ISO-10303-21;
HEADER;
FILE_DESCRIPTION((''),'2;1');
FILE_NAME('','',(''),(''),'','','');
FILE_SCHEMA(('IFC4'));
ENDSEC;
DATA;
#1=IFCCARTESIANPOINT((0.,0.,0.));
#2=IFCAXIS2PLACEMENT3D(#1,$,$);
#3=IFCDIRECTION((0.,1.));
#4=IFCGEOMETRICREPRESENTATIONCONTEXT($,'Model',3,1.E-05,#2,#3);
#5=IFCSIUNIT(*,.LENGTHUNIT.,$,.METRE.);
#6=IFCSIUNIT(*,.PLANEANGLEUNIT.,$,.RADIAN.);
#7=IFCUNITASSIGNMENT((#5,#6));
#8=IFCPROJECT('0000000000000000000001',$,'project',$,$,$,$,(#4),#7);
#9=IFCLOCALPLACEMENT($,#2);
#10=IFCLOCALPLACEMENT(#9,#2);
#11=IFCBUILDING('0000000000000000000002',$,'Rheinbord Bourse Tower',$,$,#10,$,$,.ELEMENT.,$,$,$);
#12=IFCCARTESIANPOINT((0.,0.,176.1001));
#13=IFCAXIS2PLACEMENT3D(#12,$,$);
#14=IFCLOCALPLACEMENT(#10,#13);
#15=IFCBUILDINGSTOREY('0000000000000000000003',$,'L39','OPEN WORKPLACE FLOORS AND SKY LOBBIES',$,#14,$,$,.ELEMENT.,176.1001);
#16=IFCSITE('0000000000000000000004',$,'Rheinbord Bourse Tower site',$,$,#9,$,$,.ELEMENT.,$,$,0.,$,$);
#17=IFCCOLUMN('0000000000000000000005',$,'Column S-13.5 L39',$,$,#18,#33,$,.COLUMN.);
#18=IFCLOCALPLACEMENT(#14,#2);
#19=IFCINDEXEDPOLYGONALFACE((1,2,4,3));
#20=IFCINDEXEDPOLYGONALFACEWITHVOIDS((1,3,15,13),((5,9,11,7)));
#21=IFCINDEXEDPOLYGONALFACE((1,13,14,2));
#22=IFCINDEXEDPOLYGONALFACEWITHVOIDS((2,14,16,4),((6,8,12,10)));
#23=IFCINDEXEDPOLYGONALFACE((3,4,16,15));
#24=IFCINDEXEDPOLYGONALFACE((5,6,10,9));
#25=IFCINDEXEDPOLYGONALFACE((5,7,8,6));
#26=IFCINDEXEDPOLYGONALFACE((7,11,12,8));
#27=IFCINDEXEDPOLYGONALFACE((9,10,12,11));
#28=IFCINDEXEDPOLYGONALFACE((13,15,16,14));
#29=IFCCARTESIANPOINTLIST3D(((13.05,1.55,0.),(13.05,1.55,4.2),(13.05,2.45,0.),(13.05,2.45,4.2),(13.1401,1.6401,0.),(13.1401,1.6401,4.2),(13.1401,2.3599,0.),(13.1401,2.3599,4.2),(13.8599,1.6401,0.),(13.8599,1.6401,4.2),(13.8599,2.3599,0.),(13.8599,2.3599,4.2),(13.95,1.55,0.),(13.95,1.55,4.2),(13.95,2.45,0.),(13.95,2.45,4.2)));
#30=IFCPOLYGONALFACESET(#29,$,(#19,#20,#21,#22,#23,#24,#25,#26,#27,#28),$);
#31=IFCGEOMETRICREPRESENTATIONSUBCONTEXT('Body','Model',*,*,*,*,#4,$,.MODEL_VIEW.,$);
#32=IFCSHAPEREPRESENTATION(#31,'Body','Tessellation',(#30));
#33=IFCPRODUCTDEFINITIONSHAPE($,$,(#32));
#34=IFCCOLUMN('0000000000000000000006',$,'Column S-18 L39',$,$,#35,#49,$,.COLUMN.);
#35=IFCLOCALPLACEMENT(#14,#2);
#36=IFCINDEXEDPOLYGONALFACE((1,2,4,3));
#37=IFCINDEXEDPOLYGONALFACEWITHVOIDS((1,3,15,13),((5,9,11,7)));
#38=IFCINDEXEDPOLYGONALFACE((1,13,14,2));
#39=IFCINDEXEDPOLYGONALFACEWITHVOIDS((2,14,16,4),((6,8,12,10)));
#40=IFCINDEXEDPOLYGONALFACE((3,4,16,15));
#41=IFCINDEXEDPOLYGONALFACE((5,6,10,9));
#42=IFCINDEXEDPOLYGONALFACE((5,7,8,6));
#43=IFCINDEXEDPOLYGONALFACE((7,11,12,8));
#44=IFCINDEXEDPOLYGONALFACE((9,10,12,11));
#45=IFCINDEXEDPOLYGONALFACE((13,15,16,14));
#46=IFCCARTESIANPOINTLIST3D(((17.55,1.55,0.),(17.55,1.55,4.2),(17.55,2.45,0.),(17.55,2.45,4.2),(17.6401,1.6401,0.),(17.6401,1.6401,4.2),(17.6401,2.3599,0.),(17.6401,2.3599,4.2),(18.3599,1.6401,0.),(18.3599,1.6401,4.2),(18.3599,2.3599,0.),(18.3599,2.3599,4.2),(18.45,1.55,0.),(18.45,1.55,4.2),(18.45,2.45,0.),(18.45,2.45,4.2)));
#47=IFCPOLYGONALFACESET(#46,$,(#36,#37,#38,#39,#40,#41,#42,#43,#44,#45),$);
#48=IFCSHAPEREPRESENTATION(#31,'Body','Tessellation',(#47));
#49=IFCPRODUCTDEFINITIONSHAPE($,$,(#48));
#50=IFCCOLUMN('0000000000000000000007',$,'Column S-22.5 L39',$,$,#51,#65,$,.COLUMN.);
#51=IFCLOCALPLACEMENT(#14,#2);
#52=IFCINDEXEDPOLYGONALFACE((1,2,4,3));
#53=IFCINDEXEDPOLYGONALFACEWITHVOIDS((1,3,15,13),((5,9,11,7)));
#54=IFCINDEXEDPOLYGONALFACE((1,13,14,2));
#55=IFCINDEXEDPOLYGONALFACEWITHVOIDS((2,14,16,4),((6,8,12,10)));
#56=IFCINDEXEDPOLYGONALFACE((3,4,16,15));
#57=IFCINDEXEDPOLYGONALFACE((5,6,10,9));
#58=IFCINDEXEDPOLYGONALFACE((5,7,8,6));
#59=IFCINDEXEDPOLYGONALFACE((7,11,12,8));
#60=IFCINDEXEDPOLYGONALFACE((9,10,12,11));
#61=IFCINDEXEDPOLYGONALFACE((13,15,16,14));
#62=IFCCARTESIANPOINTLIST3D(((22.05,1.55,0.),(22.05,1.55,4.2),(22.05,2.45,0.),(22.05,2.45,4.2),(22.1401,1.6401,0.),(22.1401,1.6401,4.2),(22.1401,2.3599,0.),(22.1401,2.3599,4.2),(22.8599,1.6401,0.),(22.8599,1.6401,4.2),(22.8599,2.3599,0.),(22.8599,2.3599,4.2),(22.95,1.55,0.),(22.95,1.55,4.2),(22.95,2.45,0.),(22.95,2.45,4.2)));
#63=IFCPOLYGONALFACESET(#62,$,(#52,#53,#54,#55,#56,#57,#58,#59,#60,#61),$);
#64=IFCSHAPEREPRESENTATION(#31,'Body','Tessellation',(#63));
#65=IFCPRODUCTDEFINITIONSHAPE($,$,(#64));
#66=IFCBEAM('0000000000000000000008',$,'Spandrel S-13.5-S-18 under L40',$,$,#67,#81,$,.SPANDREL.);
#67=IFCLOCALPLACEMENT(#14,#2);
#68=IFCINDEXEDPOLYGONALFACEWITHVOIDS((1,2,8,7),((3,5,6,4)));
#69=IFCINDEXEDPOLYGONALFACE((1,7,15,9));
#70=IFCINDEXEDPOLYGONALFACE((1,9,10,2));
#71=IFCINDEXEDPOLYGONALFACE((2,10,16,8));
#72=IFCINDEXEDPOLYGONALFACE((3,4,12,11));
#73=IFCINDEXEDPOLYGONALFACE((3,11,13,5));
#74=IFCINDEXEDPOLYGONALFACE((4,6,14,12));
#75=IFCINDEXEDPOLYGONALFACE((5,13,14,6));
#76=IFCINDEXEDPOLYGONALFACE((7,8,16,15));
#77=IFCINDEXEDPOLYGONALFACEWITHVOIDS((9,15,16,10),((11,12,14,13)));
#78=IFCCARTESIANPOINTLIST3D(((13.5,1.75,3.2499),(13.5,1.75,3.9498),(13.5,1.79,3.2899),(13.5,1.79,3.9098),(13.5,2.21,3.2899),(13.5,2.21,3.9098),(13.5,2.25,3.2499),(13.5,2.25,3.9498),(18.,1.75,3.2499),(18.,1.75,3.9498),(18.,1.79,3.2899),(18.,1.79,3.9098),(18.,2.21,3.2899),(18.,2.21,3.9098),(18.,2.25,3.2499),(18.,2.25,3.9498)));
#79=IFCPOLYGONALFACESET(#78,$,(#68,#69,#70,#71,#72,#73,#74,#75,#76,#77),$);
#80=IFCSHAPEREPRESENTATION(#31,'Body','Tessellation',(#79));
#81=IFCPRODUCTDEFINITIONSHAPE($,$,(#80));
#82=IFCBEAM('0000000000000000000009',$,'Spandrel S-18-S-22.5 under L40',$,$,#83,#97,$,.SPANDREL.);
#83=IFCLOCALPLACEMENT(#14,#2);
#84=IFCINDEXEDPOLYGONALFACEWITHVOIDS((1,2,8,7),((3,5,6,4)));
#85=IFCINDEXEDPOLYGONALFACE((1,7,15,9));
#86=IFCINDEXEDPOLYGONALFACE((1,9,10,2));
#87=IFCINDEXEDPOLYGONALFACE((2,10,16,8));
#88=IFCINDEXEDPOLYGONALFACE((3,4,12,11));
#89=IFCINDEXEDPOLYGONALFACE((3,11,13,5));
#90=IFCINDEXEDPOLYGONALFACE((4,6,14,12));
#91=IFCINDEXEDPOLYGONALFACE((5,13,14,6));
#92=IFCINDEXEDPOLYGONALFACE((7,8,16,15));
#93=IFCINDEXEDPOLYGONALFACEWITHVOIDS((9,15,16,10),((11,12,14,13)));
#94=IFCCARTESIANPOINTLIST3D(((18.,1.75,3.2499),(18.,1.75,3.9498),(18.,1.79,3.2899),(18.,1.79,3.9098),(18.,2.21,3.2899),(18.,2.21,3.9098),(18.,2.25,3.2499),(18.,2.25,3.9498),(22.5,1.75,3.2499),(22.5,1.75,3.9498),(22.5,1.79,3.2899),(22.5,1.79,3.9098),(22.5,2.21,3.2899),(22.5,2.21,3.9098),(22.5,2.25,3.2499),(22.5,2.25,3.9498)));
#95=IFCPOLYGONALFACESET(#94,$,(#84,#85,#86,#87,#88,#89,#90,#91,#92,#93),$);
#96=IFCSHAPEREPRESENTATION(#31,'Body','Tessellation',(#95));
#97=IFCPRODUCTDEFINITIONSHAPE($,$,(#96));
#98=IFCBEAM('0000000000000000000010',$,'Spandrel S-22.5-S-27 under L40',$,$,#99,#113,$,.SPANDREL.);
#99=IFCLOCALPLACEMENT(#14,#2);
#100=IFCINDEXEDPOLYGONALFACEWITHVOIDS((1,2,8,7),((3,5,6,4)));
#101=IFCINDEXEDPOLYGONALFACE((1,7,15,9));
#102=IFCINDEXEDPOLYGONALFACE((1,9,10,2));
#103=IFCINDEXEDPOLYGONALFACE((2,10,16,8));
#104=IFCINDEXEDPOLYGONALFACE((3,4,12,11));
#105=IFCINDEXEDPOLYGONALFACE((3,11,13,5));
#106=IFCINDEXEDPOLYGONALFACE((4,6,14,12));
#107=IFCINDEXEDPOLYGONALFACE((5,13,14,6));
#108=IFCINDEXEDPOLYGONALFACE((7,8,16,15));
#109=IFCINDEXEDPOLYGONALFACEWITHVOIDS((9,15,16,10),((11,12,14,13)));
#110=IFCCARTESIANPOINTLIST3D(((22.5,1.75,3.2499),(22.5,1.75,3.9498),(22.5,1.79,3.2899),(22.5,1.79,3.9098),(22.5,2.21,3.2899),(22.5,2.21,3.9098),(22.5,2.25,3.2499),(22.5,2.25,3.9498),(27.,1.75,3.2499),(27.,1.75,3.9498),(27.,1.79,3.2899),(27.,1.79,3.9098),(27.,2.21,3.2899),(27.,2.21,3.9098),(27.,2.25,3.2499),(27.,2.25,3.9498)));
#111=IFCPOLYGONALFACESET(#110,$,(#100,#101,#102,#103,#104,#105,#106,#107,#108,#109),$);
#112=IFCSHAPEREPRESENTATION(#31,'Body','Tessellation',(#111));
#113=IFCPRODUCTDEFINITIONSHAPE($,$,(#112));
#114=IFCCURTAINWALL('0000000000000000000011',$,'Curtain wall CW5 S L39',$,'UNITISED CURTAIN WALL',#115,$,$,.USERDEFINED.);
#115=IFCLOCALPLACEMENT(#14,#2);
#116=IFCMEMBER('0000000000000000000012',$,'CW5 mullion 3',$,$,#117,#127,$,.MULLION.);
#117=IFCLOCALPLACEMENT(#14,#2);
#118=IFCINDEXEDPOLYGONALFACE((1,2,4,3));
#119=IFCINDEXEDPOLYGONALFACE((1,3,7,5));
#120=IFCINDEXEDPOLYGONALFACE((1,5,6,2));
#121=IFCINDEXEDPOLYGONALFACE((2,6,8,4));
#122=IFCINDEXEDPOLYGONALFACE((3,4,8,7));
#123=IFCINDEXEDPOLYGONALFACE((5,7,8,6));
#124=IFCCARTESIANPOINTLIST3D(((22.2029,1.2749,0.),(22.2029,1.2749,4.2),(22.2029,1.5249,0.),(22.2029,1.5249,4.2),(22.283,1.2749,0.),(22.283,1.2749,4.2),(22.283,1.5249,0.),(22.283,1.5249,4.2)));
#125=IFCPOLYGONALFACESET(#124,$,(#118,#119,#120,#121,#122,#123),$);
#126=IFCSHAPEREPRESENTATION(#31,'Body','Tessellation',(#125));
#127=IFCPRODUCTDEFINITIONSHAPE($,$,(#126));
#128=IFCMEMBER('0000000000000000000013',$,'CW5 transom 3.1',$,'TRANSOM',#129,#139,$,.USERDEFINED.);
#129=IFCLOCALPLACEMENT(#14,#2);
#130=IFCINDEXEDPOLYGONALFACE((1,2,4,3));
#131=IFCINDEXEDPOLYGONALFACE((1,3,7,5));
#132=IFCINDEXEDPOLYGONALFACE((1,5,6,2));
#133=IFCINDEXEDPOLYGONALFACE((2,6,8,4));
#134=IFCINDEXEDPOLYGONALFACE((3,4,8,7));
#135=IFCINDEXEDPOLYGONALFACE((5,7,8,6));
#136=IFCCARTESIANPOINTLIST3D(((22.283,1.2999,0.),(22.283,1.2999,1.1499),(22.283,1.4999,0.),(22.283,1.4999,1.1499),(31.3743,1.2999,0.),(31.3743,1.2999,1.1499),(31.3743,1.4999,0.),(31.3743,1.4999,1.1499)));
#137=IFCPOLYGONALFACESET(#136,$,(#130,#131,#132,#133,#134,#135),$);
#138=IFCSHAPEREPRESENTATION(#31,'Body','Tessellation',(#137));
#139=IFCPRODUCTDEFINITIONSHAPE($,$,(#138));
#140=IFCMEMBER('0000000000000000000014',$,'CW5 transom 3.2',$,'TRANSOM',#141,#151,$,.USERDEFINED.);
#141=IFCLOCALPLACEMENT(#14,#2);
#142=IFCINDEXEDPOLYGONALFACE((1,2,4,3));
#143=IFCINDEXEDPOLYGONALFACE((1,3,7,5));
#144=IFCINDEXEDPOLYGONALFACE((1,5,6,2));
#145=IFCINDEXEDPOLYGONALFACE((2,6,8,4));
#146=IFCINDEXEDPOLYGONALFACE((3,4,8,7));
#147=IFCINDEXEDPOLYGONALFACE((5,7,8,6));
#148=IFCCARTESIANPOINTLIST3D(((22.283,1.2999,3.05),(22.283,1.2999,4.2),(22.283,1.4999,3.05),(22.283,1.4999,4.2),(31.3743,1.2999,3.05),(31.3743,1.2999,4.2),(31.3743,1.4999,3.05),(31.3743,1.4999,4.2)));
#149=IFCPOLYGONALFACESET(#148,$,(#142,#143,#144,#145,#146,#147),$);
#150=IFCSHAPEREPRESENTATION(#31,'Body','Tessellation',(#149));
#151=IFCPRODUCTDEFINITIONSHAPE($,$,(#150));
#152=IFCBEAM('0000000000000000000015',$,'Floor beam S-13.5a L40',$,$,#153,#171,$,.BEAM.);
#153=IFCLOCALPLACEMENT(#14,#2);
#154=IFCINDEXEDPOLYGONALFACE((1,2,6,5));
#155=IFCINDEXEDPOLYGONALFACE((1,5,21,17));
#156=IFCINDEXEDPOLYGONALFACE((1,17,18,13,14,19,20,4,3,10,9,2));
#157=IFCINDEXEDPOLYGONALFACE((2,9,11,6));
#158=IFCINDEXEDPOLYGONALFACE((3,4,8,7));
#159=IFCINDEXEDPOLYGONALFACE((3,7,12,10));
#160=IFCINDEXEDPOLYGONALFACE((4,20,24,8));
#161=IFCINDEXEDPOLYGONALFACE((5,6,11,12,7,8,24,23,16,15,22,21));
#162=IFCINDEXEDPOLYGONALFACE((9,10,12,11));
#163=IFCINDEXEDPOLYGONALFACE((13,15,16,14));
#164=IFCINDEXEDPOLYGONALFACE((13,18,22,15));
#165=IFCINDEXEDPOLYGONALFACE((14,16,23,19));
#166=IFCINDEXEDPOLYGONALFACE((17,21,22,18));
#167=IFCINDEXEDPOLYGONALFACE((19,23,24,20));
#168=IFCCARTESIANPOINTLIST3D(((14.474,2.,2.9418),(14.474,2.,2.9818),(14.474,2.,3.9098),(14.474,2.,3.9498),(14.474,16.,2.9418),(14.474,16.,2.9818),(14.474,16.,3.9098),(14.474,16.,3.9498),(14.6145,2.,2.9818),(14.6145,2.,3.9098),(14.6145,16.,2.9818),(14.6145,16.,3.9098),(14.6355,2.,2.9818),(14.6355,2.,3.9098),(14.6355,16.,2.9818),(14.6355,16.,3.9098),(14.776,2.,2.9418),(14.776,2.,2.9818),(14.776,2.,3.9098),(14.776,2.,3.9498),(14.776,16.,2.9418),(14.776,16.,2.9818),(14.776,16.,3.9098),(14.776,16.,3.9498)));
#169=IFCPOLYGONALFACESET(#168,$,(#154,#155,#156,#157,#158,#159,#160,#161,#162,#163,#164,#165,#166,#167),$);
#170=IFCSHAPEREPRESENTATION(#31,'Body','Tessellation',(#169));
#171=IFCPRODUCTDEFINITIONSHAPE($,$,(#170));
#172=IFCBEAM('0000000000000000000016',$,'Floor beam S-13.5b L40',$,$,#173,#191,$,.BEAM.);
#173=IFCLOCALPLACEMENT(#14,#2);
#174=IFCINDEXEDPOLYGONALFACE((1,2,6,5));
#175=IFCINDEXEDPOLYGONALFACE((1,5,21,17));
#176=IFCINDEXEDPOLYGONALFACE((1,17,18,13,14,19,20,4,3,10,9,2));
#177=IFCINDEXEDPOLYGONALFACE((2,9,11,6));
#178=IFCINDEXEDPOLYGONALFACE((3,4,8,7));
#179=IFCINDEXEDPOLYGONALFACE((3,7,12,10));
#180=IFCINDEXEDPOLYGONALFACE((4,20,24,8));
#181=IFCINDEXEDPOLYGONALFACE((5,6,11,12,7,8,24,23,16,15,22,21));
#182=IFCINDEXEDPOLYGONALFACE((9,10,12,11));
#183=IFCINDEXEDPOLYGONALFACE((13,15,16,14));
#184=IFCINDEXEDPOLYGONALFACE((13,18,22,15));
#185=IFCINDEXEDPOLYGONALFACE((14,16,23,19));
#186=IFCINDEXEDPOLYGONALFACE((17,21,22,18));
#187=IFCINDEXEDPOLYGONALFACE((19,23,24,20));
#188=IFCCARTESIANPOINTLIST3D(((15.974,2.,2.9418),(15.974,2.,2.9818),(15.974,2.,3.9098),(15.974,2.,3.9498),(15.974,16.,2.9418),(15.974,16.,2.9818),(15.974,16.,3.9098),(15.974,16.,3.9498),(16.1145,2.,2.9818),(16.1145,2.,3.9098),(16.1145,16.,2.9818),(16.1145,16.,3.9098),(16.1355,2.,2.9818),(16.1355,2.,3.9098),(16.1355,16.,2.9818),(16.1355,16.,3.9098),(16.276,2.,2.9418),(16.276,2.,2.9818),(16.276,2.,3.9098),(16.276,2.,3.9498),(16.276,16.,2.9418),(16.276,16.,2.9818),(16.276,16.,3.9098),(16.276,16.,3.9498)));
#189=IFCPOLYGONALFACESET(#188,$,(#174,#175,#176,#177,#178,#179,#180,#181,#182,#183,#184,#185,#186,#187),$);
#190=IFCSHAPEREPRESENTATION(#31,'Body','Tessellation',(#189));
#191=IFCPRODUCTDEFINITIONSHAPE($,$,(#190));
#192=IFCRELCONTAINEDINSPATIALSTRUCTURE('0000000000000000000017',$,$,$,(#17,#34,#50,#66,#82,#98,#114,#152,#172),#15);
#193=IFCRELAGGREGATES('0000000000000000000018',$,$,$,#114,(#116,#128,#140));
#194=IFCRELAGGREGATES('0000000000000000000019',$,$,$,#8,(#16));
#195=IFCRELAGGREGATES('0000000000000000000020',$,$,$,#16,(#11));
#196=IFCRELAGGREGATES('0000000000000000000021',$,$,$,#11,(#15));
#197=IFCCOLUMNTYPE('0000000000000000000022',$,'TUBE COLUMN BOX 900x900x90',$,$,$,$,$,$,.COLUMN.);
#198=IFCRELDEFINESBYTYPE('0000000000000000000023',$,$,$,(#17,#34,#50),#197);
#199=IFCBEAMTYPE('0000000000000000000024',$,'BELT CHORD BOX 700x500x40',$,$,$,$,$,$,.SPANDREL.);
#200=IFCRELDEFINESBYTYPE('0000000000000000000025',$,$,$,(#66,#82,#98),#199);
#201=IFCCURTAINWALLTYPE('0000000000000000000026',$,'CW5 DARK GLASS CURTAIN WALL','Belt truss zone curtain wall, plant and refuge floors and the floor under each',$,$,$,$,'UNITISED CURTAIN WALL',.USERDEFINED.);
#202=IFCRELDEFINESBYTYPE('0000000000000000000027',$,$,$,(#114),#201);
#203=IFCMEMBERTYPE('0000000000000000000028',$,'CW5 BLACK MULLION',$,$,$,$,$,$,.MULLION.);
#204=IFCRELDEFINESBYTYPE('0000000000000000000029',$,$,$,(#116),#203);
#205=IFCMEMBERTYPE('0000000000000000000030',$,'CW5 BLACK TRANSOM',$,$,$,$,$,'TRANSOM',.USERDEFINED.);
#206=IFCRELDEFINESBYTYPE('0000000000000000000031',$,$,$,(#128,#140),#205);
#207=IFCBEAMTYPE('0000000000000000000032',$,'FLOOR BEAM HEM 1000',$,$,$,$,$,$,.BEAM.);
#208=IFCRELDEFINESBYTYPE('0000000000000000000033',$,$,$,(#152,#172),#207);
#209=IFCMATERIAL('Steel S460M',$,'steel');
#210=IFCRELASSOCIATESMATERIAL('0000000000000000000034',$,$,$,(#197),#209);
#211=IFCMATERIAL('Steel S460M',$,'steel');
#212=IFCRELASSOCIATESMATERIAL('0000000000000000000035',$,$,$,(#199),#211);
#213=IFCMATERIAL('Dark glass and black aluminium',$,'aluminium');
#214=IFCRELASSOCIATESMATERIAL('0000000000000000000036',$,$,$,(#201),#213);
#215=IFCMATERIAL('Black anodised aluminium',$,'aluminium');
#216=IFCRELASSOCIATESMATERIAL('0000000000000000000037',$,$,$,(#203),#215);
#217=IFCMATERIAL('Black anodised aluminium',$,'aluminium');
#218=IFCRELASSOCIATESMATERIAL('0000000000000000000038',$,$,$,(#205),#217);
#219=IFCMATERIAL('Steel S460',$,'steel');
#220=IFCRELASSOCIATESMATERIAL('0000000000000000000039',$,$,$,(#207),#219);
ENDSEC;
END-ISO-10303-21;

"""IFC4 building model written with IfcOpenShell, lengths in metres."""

from ifc_helpers import new_model, si_unit, direction, frame, origin, origin_2d, place, context, subcontext, project, spatial, rectangle, hollow_rectangle, i_section, extrude, material, material_profile, profile_set, type_object, element, aggregate, save


model = new_model("IFC4")

# Units and contexts
model_context = context("Model", 3, precision=1e-05, world=origin(), true_north=direction((0.0, 1.0)))
body_context = subcontext(model_context, "Body", "Model", "MODEL_VIEW")
ifc_project = project(units=[si_unit("LENGTHUNIT", "METRE"), si_unit("PLANEANGLEUNIT", "RADIAN")], contexts=[model_context])

# Site, building, storey
site_placement = place(None, origin())
site = spatial("IfcSite", under=ifc_project, at=site_placement, Name="Rheinbord Bourse Tower site", CompositionType="ELEMENT", RefElevation=0.0)
building_placement = place(site_placement, origin())
building = spatial("IfcBuilding", under=site, at=building_placement, Name="Rheinbord Bourse Tower", CompositionType="ELEMENT")
storey_placement = place(building_placement, frame((0.0, 0.0, 176.1001)))
storey = spatial("IfcBuildingStorey", under=building, at=storey_placement, Name="L39", Description="OPEN WORKPLACE FLOORS AND SKY LOBBIES", CompositionType="ELEMENT", Elevation=176.1001)

# Columns
ifc_material_1 = material(Name="Steel S460M", Category="steel")
ifc_material_profile_1 = material_profile(ifc_material_1, hollow_rectangle(XDim=0.8999, YDim=0.8999, WallThickness=0.0901, at=origin_2d()), Name="BOX 900x900x90")
ifc_profile_set_1 = profile_set([ifc_material_profile_1], Name="Steel S460M")
column_type = type_object("IfcColumnType", Name="TUBE COLUMN BOX 900x900x90", PredefinedType="COLUMN", material=ifc_profile_set_1)
for number, where, z_axis, x_axis, name in (
    (1, (13.5, 2.0, 0.0), (0.0, 0.0, 1.0), (0.0, 1.0, 0.0), "Column S-13.5 L39"),
    (2, (18.0, 2.0, 0.0), (0.0, 0.0, 1.0), (0.0, 1.0, 0.0), "Column S-18 L39"),
    (3, (22.5, 2.0, 0.0), (0.0, 0.0, 1.0), (0.0, 1.0, 0.0), "Column S-22.5 L39"),
):
    element("IfcColumn", number, at=place(storey_placement, frame(where, z_axis=z_axis, x_axis=x_axis)), inside=storey, type_object=column_type, Name=name, PredefinedType="COLUMN", context=body_context, shape_type="SweptSolid", body=[
        extrude(hollow_rectangle(XDim=0.8999, YDim=0.8999, WallThickness=0.0901, at=origin_2d()), origin(), (0.0, 0.0, 1.0), 4.2),
    ])

# Beams
ifc_material_2 = material(Name="Steel S460M", Category="steel")
ifc_material_profile_2 = material_profile(ifc_material_2, hollow_rectangle(XDim=0.5, YDim=0.7, WallThickness=0.04, at=origin_2d()), Name="BOX 700x500x40")
ifc_profile_set_2 = profile_set([ifc_material_profile_2], Name="Steel S460M")
beam_type_1 = type_object("IfcBeamType", Name="BELT CHORD BOX 700x500x40", PredefinedType="SPANDREL", material=ifc_profile_set_2)
for number, where, z_axis, x_axis, name in (
    (4, (13.5, 2.0, 3.5999), (1.0, 0.0, 0.0), (0.0, 1.0, 0.0), "Spandrel S-13.5-S-18 under L40"),
    (5, (18.0, 2.0, 3.5999), (1.0, 0.0, 0.0), (0.0, 1.0, 0.0), "Spandrel S-18-S-22.5 under L40"),
    (6, (22.5, 2.0, 3.5999), (1.0, 0.0, 0.0), (0.0, 1.0, 0.0), "Spandrel S-22.5-S-27 under L40"),
):
    element("IfcBeam", number, at=place(storey_placement, frame(where, z_axis=z_axis, x_axis=x_axis)), inside=storey, type_object=beam_type_1, Name=name, PredefinedType="SPANDREL", context=body_context, shape_type="SweptSolid", body=[
        extrude(hollow_rectangle(XDim=0.5, YDim=0.7, WallThickness=0.04, at=origin_2d()), origin(), (0.0, 0.0, 1.0), 4.5),
    ])

# Curtain wall, members
ifc_material_3 = material(Name="Dark glass and black aluminium", Category="aluminium")
curtain_wall_type = type_object("IfcCurtainWallType", Name="CW5 DARK GLASS CURTAIN WALL", Description="Belt truss zone curtain wall, plant and refuge floors and the floor under each", ElementType="UNITISED CURTAIN WALL", PredefinedType="USERDEFINED", material=ifc_material_3)
curtain_wall_placement = place(storey_placement, origin())
curtain_wall = element("IfcCurtainWall", 7, at=curtain_wall_placement, inside=storey, type_object=curtain_wall_type, Name="Curtain wall CW5 S L39", ObjectType="UNITISED CURTAIN WALL", PredefinedType="USERDEFINED")
ifc_material_4 = material(Name="Black anodised aluminium", Category="aluminium")
ifc_material_profile_3 = material_profile(ifc_material_4, rectangle(XDim=0.25, YDim=0.0801, at=origin_2d()), Name="CW5 MULLION 80x250")
ifc_profile_set_3 = profile_set([ifc_material_profile_3], Name="Black anodised aluminium")
member_type_1 = type_object("IfcMemberType", Name="CW5 BLACK MULLION", PredefinedType="MULLION", material=ifc_profile_set_3)
member_1_placement = place(storey_placement, frame((22.2429, 1.3999, 0.0), z_axis=(0.0, 0.0, 1.0), x_axis=(0.0, 1.0, 0.0)))
member_1 = element("IfcMember", 8, at=member_1_placement, type_object=member_type_1, Name="CW5 mullion 3", PredefinedType="MULLION", context=body_context, shape_type="SweptSolid", body=[
    extrude(rectangle(XDim=0.25, YDim=0.0801, at=origin_2d()), origin(), (0.0, 0.0, 1.0), 4.2),
])
ifc_material_5 = material(Name="Black anodised aluminium", Category="aluminium")
ifc_material_profile_4 = material_profile(ifc_material_5, rectangle(XDim=0.2, YDim=1.1499, at=origin_2d()), Name="CW5 TRANSOM 1150x200")
ifc_profile_set_4 = profile_set([ifc_material_profile_4], Name="Black anodised aluminium")
member_type_2 = type_object("IfcMemberType", Name="CW5 BLACK TRANSOM", ElementType="TRANSOM", PredefinedType="USERDEFINED", material=ifc_profile_set_4)
member_2_placement = place(storey_placement, frame((22.283, 1.3999, 0.575), z_axis=(1.0, 0.0, 0.0), x_axis=(0.0, 1.0, 0.0)))
member_2 = element("IfcMember", 9, at=member_2_placement, type_object=member_type_2, Name="CW5 transom 3.1", ObjectType="TRANSOM", PredefinedType="USERDEFINED", context=body_context, shape_type="SweptSolid", body=[
    extrude(rectangle(XDim=0.2, YDim=1.1499, at=origin_2d()), origin(), (0.0, 0.0, 1.0), 9.0913),
])
member_3_placement = place(storey_placement, frame((22.283, 1.3999, 3.625), z_axis=(1.0, 0.0, 0.0), x_axis=(0.0, 1.0, 0.0)))
member_3 = element("IfcMember", 10, at=member_3_placement, type_object=member_type_2, Name="CW5 transom 3.2", ObjectType="TRANSOM", PredefinedType="USERDEFINED", context=body_context, shape_type="SweptSolid", body=[
    extrude(rectangle(XDim=0.2, YDim=1.1499, at=origin_2d()), origin(), (0.0, 0.0, 1.0), 9.0913),
])

# Beams
ifc_material_6 = material(Name="Steel S460", Category="steel")
ifc_material_profile_5 = material_profile(ifc_material_6, i_section(OverallWidth=0.302, OverallDepth=1.0081, WebThickness=0.021, FlangeThickness=0.04, at=origin_2d()), Name="HEM 1000")
ifc_profile_set_5 = profile_set([ifc_material_profile_5], Name="Steel S460")
beam_type_2 = type_object("IfcBeamType", Name="FLOOR BEAM HEM 1000", PredefinedType="BEAM", material=ifc_profile_set_5)
for number, where, z_axis, x_axis, name in (
    (11, (14.625, 2.0, 3.4458), (0.0, 1.0, 0.0), (-1.0, 0.0, 0.0), "Floor beam S-13.5a L40"),
    (12, (16.125, 2.0, 3.4458), (0.0, 1.0, 0.0), (-1.0, 0.0, 0.0), "Floor beam S-13.5b L40"),
):
    element("IfcBeam", number, at=place(storey_placement, frame(where, z_axis=z_axis, x_axis=x_axis)), inside=storey, type_object=beam_type_2, Name=name, PredefinedType="BEAM", context=body_context, shape_type="SweptSolid", body=[
        extrude(i_section(OverallWidth=0.302, OverallDepth=1.0081, WebThickness=0.021, FlangeThickness=0.04, at=origin_2d()), origin(), (0.0, 0.0, 1.0), 14.0),
    ])

aggregate(curtain_wall, [member_1, member_2, member_3])

save(model, "model.ifc")
